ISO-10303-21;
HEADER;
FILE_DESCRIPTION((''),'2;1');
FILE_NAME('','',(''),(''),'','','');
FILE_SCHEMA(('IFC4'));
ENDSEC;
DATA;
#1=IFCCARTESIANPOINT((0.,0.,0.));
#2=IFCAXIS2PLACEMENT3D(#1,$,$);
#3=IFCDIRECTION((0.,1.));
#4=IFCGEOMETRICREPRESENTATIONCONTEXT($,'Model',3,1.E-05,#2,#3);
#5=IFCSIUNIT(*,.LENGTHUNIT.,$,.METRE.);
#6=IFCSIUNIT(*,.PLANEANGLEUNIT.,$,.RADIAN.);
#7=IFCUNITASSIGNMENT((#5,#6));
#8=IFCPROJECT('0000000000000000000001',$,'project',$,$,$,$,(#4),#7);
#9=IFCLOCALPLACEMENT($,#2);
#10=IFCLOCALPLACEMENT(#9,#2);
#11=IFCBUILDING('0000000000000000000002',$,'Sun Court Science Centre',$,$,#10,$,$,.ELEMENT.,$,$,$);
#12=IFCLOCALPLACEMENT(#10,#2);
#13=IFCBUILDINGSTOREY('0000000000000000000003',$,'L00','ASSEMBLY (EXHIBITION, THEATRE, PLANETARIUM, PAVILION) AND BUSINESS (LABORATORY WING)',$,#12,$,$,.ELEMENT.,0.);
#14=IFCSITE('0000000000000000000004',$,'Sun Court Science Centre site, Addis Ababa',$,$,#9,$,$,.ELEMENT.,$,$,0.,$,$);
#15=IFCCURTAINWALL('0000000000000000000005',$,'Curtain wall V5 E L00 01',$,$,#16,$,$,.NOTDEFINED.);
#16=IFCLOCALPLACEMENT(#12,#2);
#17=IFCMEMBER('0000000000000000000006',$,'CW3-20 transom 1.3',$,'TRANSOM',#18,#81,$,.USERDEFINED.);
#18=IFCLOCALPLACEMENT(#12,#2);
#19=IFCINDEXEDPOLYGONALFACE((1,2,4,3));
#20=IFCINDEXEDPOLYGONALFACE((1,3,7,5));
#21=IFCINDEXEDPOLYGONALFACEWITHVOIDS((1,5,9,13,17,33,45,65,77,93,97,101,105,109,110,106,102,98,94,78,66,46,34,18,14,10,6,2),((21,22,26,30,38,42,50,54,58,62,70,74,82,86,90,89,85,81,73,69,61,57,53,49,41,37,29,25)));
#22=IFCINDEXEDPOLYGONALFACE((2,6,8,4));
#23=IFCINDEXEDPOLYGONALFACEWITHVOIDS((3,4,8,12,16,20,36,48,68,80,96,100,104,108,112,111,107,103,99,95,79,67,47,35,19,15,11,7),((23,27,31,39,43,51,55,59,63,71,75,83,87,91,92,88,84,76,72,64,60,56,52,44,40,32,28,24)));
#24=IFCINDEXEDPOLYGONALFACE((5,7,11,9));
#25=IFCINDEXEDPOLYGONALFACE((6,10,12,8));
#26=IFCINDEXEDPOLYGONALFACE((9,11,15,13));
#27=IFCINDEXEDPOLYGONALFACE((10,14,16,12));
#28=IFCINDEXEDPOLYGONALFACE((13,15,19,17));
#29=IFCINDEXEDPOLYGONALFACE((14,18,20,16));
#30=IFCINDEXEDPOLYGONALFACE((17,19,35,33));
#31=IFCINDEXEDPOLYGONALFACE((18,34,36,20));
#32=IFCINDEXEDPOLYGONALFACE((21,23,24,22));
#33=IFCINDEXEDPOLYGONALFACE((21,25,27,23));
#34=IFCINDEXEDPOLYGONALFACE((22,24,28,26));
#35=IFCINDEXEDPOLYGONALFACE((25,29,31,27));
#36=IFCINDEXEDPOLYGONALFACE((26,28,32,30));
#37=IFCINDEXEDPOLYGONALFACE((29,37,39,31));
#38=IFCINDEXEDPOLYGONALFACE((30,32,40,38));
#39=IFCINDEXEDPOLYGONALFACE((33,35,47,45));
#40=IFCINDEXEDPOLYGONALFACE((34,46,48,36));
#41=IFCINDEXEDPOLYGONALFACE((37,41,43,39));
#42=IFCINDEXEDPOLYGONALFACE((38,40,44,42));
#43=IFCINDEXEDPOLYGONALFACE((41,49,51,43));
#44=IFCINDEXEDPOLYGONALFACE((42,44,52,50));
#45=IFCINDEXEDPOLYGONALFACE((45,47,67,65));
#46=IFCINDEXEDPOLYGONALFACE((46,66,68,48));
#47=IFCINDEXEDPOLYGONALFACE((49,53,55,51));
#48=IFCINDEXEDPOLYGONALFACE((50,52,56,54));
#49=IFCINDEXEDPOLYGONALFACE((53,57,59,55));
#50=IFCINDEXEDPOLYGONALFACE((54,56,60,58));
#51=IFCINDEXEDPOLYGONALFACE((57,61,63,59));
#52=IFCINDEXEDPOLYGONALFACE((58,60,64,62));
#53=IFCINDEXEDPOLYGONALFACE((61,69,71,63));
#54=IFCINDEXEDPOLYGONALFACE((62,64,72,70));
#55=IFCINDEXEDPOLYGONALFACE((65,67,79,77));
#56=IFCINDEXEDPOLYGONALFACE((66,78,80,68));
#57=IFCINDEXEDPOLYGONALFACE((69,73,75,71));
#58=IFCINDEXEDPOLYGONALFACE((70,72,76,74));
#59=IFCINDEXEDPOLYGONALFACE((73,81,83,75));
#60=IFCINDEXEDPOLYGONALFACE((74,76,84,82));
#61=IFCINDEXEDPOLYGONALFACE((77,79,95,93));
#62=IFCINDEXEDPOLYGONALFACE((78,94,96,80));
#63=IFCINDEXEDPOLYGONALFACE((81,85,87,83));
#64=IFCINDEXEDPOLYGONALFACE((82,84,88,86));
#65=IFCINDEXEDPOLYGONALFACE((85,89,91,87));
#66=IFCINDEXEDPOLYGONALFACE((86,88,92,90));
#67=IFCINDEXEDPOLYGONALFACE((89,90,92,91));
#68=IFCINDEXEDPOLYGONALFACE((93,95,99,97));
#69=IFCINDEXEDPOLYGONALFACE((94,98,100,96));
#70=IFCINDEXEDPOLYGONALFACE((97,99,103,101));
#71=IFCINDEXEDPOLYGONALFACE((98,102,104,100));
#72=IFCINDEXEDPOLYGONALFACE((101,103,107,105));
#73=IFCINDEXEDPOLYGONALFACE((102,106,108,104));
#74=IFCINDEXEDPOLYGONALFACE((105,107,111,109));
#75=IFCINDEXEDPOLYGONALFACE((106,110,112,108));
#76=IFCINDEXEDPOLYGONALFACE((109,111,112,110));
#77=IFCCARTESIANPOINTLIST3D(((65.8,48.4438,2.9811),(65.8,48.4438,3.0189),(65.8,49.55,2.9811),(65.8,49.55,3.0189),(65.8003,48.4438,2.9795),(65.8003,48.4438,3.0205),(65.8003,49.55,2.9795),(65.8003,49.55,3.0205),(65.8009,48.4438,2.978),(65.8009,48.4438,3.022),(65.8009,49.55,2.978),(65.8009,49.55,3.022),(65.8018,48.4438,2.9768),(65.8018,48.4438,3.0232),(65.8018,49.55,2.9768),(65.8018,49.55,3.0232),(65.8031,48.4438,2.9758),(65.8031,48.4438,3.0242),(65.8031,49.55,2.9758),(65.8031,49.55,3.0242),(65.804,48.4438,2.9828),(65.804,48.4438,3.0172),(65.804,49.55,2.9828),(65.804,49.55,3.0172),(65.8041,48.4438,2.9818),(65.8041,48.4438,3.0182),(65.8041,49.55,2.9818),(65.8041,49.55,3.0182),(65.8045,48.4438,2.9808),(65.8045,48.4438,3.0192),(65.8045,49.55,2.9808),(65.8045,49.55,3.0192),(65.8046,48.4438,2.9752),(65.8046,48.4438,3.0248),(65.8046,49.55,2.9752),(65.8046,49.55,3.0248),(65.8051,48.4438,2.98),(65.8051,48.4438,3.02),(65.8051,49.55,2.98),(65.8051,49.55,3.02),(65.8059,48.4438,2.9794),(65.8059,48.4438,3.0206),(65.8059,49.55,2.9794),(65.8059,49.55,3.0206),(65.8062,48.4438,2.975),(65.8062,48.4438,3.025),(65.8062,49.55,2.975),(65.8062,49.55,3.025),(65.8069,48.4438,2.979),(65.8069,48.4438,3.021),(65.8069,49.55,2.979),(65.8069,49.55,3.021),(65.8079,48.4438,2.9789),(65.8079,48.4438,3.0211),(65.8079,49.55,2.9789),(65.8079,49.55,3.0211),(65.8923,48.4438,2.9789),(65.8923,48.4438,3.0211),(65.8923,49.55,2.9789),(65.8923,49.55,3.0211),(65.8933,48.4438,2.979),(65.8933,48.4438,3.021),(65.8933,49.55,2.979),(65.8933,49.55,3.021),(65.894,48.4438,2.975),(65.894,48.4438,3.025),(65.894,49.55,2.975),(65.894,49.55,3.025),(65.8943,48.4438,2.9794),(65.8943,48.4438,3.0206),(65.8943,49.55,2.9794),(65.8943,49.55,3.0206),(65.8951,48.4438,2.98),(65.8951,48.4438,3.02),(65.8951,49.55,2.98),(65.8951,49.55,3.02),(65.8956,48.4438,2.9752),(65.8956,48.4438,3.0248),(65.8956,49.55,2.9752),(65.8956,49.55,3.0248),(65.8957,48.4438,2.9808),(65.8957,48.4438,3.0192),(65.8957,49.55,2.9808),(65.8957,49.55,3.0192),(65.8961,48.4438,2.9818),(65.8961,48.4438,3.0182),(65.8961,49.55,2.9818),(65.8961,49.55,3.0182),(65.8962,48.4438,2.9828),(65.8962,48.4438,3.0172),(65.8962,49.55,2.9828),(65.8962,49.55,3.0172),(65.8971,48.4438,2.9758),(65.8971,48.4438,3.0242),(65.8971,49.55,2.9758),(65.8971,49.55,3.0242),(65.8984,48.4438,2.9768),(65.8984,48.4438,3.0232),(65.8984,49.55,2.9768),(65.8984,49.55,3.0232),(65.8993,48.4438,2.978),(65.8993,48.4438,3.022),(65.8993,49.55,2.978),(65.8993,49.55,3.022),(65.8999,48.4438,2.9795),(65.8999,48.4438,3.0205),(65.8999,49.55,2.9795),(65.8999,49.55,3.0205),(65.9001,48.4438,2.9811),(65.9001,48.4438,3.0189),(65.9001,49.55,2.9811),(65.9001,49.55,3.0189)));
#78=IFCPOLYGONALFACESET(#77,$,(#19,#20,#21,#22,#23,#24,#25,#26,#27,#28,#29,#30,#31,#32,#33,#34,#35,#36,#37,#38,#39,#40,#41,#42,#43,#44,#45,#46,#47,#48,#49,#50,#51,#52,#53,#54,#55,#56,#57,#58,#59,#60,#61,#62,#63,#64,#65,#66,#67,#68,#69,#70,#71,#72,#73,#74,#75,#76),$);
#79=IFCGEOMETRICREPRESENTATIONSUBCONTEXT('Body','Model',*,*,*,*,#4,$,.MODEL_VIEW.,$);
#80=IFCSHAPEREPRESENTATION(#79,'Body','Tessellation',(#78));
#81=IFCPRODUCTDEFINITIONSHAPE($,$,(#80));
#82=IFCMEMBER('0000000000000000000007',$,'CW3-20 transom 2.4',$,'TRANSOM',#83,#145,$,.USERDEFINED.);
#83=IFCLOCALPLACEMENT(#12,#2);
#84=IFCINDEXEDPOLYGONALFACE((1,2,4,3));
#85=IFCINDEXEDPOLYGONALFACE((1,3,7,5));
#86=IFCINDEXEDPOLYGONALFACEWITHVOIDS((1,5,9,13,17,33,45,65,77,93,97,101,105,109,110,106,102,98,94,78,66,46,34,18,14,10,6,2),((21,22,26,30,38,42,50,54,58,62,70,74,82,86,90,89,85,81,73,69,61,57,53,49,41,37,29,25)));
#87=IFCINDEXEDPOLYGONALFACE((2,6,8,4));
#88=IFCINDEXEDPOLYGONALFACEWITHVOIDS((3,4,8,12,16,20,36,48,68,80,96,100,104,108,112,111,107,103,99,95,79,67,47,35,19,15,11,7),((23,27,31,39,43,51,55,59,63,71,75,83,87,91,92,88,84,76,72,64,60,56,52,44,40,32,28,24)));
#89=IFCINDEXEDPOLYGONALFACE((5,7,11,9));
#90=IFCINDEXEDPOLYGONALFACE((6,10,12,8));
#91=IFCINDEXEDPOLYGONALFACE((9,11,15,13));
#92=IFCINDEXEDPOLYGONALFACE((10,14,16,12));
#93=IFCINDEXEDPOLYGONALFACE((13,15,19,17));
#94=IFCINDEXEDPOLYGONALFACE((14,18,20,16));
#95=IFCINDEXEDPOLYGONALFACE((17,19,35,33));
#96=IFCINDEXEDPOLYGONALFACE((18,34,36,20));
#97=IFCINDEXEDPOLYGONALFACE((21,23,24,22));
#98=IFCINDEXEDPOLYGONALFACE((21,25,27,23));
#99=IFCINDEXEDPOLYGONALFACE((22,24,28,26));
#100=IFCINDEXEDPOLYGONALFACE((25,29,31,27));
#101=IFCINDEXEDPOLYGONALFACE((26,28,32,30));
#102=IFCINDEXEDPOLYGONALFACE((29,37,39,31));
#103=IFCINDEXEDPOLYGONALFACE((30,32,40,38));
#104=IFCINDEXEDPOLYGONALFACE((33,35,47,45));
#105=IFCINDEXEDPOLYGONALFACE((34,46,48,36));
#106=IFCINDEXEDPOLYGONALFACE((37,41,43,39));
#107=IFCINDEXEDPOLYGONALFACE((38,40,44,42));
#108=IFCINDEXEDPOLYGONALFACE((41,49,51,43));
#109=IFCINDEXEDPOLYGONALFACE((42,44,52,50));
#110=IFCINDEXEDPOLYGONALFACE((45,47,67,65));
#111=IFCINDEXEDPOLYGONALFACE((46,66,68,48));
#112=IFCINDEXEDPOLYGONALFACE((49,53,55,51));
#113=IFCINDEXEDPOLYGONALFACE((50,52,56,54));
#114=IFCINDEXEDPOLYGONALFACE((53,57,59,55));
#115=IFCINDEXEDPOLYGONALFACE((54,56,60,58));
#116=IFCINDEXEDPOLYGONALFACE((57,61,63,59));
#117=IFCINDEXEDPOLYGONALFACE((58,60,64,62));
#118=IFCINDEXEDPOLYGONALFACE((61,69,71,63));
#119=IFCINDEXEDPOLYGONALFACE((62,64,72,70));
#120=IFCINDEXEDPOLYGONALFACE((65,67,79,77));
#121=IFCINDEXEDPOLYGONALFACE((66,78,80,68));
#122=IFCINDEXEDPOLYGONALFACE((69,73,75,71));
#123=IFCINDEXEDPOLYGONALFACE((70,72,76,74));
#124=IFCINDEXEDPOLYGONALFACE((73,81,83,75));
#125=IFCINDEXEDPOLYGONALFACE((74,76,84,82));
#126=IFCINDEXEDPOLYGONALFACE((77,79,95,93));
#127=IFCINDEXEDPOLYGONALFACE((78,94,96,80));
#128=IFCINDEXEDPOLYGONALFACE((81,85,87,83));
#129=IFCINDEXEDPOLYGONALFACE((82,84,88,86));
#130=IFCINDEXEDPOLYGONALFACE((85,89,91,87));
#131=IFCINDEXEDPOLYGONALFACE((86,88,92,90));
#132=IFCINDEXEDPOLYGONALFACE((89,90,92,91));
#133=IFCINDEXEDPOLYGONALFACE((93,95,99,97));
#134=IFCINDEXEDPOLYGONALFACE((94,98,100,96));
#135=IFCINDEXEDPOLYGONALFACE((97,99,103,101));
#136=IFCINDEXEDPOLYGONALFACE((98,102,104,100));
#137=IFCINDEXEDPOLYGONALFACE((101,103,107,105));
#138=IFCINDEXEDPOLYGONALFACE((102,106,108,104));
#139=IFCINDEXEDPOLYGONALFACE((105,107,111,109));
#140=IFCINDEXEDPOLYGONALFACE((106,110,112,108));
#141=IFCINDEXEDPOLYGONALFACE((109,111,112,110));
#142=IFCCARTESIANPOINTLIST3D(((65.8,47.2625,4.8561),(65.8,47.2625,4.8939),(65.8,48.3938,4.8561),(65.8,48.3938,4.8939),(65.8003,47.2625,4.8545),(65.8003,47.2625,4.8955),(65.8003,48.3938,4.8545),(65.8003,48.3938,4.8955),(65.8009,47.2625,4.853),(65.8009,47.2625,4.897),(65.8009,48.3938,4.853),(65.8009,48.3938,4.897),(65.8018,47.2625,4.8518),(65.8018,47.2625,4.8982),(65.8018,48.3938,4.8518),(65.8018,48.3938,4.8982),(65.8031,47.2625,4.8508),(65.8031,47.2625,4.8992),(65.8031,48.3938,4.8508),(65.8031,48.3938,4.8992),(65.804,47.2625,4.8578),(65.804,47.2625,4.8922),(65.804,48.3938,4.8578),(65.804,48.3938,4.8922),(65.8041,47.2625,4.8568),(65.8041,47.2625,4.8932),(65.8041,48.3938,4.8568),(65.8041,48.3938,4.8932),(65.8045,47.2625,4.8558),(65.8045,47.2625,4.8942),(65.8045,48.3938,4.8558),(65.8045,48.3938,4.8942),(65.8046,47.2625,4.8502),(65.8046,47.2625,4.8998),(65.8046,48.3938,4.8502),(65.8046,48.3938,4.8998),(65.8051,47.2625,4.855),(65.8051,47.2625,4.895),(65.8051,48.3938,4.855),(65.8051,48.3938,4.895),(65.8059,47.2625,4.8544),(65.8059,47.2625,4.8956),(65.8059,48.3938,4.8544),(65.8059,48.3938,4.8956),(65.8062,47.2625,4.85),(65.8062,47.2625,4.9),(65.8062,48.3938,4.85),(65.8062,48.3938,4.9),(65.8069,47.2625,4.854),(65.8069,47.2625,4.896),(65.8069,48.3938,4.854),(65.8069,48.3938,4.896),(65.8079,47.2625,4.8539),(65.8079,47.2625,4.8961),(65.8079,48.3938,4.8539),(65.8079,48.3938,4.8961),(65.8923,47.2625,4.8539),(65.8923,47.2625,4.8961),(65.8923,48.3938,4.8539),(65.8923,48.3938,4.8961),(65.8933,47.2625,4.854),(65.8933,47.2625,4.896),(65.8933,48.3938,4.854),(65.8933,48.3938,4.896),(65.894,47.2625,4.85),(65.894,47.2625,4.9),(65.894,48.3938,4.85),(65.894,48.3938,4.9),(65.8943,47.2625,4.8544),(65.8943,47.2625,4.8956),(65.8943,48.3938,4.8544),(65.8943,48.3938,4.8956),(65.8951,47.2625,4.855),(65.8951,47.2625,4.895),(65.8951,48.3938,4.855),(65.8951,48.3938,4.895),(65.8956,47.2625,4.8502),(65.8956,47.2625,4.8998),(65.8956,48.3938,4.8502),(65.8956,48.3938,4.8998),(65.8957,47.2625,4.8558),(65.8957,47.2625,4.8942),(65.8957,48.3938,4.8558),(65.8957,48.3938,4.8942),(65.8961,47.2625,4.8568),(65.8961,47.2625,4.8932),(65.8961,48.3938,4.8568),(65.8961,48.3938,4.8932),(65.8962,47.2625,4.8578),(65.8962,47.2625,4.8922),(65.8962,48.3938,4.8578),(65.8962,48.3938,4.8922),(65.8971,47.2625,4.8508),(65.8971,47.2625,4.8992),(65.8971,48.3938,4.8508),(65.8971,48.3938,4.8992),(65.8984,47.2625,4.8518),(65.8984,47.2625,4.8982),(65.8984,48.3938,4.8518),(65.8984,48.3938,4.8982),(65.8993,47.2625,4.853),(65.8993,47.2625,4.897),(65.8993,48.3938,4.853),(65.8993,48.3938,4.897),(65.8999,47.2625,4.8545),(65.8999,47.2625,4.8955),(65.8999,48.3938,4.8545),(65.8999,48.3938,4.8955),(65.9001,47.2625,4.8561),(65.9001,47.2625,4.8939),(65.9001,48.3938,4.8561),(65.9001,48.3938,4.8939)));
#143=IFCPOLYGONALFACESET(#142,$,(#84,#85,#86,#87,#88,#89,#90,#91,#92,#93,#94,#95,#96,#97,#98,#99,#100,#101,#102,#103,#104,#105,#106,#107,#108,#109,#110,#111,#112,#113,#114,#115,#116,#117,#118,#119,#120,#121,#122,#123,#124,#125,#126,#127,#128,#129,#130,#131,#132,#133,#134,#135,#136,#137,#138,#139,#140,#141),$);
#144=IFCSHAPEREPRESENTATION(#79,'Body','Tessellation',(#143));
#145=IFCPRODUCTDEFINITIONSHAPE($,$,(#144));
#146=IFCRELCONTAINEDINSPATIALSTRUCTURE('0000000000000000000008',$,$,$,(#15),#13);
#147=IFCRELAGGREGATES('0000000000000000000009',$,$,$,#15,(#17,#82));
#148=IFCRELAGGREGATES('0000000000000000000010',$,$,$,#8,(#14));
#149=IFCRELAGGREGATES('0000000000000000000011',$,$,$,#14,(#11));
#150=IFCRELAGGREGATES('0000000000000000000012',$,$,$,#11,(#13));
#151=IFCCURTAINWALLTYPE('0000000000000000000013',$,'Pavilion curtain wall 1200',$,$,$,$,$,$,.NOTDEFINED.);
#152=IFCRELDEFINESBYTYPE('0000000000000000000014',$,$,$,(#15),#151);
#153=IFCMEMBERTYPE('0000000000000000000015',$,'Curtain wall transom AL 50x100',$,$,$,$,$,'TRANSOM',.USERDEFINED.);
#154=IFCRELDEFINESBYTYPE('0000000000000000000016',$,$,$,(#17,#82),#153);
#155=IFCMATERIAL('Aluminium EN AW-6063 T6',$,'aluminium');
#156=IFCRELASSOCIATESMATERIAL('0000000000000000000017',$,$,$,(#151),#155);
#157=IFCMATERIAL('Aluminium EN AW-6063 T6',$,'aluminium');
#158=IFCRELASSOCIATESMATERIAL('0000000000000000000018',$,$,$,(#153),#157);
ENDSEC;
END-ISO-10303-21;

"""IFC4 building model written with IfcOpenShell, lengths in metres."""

from ifc_helpers import new_model, si_unit, direction, frame, origin, origin_2d, place, context, subcontext, project, spatial, hollow_rectangle, extrude, material, material_profile, profile_set, type_object, element, aggregate, save


model = new_model("IFC4")

# Units and contexts
model_context = context("Model", 3, precision=1e-05, world=origin(), true_north=direction((0.0, 1.0)))
body_context = subcontext(model_context, "Body", "Model", "MODEL_VIEW")
ifc_project = project(units=[si_unit("LENGTHUNIT", "METRE"), si_unit("PLANEANGLEUNIT", "RADIAN")], contexts=[model_context])

# Site, building, storey
site_placement = place(None, origin())
site = spatial("IfcSite", under=ifc_project, at=site_placement, Name="Sun Court Science Centre site, Addis Ababa", CompositionType="ELEMENT", RefElevation=0.0)
building_placement = place(site_placement, origin())
building = spatial("IfcBuilding", under=site, at=building_placement, Name="Sun Court Science Centre", CompositionType="ELEMENT")
storey_placement = place(building_placement, origin())
storey = spatial("IfcBuildingStorey", under=building, at=storey_placement, Name="L00", Description="ASSEMBLY (EXHIBITION, THEATRE, PLANETARIUM, PAVILION) AND BUSINESS (LABORATORY WING)", CompositionType="ELEMENT", Elevation=0.0)

# Curtain wall
ifc_material_1 = material(Name="Aluminium EN AW-6063 T6", Category="aluminium")
curtain_wall_type_1 = type_object("IfcCurtainWallType", Name="Pavilion curtain wall 1200", PredefinedType="NOTDEFINED", material=ifc_material_1)
curtain_wall_1_placement = place(storey_placement, origin())
curtain_wall_1 = element("IfcCurtainWall", 1, at=curtain_wall_1_placement, inside=storey, type_object=curtain_wall_type_1, Name="Curtain wall V5 E L00 01", PredefinedType="NOTDEFINED")

# Members
ifc_material_2 = material(Name="Aluminium EN AW-6063 T6", Category="aluminium")
ifc_material_profile_1 = material_profile(ifc_material_2, hollow_rectangle(XDim=0.05, YDim=0.1001, WallThickness=0.0039, InnerFilletRadius=0.0039, OuterFilletRadius=0.0061, at=origin_2d()), Name="AL 50x100x4")
ifc_profile_set_1 = profile_set([ifc_material_profile_1], Name="Aluminium EN AW-6063 T6")
member_type_1 = type_object("IfcMemberType", Name="Curtain wall transom AL 50x100", ElementType="TRANSOM", PredefinedType="USERDEFINED", material=ifc_profile_set_1)
member_1_placement = place(storey_placement, frame((65.8501, 49.55, 3.0), z_axis=(0.0, -1.0, 0.0), x_axis=(0.0, 0.0, 1.0)))
member_1 = element("IfcMember", 2, at=member_1_placement, type_object=member_type_1, Name="CW3-20 transom 1.3", ObjectType="TRANSOM", PredefinedType="USERDEFINED", context=body_context, shape_type="SweptSolid", body=[
    extrude(hollow_rectangle(XDim=0.05, YDim=0.1001, WallThickness=0.0039, InnerFilletRadius=0.0039, OuterFilletRadius=0.0061, at=origin_2d()), origin(), (0.0, 0.0, 1.0), 1.1062),
])
member_2_placement = place(storey_placement, frame((65.8501, 48.3938, 4.875), z_axis=(0.0, -1.0, 0.0), x_axis=(0.0, 0.0, 1.0)))
member_2 = element("IfcMember", 3, at=member_2_placement, type_object=member_type_1, Name="CW3-20 transom 2.4", ObjectType="TRANSOM", PredefinedType="USERDEFINED", context=body_context, shape_type="SweptSolid", body=[
    extrude(hollow_rectangle(XDim=0.05, YDim=0.1001, WallThickness=0.0039, InnerFilletRadius=0.0039, OuterFilletRadius=0.0061, at=origin_2d()), origin(), (0.0, 0.0, 1.0), 1.1313),
])

aggregate(curtain_wall_1, [member_1, member_2])

save(model, "model.ifc")
